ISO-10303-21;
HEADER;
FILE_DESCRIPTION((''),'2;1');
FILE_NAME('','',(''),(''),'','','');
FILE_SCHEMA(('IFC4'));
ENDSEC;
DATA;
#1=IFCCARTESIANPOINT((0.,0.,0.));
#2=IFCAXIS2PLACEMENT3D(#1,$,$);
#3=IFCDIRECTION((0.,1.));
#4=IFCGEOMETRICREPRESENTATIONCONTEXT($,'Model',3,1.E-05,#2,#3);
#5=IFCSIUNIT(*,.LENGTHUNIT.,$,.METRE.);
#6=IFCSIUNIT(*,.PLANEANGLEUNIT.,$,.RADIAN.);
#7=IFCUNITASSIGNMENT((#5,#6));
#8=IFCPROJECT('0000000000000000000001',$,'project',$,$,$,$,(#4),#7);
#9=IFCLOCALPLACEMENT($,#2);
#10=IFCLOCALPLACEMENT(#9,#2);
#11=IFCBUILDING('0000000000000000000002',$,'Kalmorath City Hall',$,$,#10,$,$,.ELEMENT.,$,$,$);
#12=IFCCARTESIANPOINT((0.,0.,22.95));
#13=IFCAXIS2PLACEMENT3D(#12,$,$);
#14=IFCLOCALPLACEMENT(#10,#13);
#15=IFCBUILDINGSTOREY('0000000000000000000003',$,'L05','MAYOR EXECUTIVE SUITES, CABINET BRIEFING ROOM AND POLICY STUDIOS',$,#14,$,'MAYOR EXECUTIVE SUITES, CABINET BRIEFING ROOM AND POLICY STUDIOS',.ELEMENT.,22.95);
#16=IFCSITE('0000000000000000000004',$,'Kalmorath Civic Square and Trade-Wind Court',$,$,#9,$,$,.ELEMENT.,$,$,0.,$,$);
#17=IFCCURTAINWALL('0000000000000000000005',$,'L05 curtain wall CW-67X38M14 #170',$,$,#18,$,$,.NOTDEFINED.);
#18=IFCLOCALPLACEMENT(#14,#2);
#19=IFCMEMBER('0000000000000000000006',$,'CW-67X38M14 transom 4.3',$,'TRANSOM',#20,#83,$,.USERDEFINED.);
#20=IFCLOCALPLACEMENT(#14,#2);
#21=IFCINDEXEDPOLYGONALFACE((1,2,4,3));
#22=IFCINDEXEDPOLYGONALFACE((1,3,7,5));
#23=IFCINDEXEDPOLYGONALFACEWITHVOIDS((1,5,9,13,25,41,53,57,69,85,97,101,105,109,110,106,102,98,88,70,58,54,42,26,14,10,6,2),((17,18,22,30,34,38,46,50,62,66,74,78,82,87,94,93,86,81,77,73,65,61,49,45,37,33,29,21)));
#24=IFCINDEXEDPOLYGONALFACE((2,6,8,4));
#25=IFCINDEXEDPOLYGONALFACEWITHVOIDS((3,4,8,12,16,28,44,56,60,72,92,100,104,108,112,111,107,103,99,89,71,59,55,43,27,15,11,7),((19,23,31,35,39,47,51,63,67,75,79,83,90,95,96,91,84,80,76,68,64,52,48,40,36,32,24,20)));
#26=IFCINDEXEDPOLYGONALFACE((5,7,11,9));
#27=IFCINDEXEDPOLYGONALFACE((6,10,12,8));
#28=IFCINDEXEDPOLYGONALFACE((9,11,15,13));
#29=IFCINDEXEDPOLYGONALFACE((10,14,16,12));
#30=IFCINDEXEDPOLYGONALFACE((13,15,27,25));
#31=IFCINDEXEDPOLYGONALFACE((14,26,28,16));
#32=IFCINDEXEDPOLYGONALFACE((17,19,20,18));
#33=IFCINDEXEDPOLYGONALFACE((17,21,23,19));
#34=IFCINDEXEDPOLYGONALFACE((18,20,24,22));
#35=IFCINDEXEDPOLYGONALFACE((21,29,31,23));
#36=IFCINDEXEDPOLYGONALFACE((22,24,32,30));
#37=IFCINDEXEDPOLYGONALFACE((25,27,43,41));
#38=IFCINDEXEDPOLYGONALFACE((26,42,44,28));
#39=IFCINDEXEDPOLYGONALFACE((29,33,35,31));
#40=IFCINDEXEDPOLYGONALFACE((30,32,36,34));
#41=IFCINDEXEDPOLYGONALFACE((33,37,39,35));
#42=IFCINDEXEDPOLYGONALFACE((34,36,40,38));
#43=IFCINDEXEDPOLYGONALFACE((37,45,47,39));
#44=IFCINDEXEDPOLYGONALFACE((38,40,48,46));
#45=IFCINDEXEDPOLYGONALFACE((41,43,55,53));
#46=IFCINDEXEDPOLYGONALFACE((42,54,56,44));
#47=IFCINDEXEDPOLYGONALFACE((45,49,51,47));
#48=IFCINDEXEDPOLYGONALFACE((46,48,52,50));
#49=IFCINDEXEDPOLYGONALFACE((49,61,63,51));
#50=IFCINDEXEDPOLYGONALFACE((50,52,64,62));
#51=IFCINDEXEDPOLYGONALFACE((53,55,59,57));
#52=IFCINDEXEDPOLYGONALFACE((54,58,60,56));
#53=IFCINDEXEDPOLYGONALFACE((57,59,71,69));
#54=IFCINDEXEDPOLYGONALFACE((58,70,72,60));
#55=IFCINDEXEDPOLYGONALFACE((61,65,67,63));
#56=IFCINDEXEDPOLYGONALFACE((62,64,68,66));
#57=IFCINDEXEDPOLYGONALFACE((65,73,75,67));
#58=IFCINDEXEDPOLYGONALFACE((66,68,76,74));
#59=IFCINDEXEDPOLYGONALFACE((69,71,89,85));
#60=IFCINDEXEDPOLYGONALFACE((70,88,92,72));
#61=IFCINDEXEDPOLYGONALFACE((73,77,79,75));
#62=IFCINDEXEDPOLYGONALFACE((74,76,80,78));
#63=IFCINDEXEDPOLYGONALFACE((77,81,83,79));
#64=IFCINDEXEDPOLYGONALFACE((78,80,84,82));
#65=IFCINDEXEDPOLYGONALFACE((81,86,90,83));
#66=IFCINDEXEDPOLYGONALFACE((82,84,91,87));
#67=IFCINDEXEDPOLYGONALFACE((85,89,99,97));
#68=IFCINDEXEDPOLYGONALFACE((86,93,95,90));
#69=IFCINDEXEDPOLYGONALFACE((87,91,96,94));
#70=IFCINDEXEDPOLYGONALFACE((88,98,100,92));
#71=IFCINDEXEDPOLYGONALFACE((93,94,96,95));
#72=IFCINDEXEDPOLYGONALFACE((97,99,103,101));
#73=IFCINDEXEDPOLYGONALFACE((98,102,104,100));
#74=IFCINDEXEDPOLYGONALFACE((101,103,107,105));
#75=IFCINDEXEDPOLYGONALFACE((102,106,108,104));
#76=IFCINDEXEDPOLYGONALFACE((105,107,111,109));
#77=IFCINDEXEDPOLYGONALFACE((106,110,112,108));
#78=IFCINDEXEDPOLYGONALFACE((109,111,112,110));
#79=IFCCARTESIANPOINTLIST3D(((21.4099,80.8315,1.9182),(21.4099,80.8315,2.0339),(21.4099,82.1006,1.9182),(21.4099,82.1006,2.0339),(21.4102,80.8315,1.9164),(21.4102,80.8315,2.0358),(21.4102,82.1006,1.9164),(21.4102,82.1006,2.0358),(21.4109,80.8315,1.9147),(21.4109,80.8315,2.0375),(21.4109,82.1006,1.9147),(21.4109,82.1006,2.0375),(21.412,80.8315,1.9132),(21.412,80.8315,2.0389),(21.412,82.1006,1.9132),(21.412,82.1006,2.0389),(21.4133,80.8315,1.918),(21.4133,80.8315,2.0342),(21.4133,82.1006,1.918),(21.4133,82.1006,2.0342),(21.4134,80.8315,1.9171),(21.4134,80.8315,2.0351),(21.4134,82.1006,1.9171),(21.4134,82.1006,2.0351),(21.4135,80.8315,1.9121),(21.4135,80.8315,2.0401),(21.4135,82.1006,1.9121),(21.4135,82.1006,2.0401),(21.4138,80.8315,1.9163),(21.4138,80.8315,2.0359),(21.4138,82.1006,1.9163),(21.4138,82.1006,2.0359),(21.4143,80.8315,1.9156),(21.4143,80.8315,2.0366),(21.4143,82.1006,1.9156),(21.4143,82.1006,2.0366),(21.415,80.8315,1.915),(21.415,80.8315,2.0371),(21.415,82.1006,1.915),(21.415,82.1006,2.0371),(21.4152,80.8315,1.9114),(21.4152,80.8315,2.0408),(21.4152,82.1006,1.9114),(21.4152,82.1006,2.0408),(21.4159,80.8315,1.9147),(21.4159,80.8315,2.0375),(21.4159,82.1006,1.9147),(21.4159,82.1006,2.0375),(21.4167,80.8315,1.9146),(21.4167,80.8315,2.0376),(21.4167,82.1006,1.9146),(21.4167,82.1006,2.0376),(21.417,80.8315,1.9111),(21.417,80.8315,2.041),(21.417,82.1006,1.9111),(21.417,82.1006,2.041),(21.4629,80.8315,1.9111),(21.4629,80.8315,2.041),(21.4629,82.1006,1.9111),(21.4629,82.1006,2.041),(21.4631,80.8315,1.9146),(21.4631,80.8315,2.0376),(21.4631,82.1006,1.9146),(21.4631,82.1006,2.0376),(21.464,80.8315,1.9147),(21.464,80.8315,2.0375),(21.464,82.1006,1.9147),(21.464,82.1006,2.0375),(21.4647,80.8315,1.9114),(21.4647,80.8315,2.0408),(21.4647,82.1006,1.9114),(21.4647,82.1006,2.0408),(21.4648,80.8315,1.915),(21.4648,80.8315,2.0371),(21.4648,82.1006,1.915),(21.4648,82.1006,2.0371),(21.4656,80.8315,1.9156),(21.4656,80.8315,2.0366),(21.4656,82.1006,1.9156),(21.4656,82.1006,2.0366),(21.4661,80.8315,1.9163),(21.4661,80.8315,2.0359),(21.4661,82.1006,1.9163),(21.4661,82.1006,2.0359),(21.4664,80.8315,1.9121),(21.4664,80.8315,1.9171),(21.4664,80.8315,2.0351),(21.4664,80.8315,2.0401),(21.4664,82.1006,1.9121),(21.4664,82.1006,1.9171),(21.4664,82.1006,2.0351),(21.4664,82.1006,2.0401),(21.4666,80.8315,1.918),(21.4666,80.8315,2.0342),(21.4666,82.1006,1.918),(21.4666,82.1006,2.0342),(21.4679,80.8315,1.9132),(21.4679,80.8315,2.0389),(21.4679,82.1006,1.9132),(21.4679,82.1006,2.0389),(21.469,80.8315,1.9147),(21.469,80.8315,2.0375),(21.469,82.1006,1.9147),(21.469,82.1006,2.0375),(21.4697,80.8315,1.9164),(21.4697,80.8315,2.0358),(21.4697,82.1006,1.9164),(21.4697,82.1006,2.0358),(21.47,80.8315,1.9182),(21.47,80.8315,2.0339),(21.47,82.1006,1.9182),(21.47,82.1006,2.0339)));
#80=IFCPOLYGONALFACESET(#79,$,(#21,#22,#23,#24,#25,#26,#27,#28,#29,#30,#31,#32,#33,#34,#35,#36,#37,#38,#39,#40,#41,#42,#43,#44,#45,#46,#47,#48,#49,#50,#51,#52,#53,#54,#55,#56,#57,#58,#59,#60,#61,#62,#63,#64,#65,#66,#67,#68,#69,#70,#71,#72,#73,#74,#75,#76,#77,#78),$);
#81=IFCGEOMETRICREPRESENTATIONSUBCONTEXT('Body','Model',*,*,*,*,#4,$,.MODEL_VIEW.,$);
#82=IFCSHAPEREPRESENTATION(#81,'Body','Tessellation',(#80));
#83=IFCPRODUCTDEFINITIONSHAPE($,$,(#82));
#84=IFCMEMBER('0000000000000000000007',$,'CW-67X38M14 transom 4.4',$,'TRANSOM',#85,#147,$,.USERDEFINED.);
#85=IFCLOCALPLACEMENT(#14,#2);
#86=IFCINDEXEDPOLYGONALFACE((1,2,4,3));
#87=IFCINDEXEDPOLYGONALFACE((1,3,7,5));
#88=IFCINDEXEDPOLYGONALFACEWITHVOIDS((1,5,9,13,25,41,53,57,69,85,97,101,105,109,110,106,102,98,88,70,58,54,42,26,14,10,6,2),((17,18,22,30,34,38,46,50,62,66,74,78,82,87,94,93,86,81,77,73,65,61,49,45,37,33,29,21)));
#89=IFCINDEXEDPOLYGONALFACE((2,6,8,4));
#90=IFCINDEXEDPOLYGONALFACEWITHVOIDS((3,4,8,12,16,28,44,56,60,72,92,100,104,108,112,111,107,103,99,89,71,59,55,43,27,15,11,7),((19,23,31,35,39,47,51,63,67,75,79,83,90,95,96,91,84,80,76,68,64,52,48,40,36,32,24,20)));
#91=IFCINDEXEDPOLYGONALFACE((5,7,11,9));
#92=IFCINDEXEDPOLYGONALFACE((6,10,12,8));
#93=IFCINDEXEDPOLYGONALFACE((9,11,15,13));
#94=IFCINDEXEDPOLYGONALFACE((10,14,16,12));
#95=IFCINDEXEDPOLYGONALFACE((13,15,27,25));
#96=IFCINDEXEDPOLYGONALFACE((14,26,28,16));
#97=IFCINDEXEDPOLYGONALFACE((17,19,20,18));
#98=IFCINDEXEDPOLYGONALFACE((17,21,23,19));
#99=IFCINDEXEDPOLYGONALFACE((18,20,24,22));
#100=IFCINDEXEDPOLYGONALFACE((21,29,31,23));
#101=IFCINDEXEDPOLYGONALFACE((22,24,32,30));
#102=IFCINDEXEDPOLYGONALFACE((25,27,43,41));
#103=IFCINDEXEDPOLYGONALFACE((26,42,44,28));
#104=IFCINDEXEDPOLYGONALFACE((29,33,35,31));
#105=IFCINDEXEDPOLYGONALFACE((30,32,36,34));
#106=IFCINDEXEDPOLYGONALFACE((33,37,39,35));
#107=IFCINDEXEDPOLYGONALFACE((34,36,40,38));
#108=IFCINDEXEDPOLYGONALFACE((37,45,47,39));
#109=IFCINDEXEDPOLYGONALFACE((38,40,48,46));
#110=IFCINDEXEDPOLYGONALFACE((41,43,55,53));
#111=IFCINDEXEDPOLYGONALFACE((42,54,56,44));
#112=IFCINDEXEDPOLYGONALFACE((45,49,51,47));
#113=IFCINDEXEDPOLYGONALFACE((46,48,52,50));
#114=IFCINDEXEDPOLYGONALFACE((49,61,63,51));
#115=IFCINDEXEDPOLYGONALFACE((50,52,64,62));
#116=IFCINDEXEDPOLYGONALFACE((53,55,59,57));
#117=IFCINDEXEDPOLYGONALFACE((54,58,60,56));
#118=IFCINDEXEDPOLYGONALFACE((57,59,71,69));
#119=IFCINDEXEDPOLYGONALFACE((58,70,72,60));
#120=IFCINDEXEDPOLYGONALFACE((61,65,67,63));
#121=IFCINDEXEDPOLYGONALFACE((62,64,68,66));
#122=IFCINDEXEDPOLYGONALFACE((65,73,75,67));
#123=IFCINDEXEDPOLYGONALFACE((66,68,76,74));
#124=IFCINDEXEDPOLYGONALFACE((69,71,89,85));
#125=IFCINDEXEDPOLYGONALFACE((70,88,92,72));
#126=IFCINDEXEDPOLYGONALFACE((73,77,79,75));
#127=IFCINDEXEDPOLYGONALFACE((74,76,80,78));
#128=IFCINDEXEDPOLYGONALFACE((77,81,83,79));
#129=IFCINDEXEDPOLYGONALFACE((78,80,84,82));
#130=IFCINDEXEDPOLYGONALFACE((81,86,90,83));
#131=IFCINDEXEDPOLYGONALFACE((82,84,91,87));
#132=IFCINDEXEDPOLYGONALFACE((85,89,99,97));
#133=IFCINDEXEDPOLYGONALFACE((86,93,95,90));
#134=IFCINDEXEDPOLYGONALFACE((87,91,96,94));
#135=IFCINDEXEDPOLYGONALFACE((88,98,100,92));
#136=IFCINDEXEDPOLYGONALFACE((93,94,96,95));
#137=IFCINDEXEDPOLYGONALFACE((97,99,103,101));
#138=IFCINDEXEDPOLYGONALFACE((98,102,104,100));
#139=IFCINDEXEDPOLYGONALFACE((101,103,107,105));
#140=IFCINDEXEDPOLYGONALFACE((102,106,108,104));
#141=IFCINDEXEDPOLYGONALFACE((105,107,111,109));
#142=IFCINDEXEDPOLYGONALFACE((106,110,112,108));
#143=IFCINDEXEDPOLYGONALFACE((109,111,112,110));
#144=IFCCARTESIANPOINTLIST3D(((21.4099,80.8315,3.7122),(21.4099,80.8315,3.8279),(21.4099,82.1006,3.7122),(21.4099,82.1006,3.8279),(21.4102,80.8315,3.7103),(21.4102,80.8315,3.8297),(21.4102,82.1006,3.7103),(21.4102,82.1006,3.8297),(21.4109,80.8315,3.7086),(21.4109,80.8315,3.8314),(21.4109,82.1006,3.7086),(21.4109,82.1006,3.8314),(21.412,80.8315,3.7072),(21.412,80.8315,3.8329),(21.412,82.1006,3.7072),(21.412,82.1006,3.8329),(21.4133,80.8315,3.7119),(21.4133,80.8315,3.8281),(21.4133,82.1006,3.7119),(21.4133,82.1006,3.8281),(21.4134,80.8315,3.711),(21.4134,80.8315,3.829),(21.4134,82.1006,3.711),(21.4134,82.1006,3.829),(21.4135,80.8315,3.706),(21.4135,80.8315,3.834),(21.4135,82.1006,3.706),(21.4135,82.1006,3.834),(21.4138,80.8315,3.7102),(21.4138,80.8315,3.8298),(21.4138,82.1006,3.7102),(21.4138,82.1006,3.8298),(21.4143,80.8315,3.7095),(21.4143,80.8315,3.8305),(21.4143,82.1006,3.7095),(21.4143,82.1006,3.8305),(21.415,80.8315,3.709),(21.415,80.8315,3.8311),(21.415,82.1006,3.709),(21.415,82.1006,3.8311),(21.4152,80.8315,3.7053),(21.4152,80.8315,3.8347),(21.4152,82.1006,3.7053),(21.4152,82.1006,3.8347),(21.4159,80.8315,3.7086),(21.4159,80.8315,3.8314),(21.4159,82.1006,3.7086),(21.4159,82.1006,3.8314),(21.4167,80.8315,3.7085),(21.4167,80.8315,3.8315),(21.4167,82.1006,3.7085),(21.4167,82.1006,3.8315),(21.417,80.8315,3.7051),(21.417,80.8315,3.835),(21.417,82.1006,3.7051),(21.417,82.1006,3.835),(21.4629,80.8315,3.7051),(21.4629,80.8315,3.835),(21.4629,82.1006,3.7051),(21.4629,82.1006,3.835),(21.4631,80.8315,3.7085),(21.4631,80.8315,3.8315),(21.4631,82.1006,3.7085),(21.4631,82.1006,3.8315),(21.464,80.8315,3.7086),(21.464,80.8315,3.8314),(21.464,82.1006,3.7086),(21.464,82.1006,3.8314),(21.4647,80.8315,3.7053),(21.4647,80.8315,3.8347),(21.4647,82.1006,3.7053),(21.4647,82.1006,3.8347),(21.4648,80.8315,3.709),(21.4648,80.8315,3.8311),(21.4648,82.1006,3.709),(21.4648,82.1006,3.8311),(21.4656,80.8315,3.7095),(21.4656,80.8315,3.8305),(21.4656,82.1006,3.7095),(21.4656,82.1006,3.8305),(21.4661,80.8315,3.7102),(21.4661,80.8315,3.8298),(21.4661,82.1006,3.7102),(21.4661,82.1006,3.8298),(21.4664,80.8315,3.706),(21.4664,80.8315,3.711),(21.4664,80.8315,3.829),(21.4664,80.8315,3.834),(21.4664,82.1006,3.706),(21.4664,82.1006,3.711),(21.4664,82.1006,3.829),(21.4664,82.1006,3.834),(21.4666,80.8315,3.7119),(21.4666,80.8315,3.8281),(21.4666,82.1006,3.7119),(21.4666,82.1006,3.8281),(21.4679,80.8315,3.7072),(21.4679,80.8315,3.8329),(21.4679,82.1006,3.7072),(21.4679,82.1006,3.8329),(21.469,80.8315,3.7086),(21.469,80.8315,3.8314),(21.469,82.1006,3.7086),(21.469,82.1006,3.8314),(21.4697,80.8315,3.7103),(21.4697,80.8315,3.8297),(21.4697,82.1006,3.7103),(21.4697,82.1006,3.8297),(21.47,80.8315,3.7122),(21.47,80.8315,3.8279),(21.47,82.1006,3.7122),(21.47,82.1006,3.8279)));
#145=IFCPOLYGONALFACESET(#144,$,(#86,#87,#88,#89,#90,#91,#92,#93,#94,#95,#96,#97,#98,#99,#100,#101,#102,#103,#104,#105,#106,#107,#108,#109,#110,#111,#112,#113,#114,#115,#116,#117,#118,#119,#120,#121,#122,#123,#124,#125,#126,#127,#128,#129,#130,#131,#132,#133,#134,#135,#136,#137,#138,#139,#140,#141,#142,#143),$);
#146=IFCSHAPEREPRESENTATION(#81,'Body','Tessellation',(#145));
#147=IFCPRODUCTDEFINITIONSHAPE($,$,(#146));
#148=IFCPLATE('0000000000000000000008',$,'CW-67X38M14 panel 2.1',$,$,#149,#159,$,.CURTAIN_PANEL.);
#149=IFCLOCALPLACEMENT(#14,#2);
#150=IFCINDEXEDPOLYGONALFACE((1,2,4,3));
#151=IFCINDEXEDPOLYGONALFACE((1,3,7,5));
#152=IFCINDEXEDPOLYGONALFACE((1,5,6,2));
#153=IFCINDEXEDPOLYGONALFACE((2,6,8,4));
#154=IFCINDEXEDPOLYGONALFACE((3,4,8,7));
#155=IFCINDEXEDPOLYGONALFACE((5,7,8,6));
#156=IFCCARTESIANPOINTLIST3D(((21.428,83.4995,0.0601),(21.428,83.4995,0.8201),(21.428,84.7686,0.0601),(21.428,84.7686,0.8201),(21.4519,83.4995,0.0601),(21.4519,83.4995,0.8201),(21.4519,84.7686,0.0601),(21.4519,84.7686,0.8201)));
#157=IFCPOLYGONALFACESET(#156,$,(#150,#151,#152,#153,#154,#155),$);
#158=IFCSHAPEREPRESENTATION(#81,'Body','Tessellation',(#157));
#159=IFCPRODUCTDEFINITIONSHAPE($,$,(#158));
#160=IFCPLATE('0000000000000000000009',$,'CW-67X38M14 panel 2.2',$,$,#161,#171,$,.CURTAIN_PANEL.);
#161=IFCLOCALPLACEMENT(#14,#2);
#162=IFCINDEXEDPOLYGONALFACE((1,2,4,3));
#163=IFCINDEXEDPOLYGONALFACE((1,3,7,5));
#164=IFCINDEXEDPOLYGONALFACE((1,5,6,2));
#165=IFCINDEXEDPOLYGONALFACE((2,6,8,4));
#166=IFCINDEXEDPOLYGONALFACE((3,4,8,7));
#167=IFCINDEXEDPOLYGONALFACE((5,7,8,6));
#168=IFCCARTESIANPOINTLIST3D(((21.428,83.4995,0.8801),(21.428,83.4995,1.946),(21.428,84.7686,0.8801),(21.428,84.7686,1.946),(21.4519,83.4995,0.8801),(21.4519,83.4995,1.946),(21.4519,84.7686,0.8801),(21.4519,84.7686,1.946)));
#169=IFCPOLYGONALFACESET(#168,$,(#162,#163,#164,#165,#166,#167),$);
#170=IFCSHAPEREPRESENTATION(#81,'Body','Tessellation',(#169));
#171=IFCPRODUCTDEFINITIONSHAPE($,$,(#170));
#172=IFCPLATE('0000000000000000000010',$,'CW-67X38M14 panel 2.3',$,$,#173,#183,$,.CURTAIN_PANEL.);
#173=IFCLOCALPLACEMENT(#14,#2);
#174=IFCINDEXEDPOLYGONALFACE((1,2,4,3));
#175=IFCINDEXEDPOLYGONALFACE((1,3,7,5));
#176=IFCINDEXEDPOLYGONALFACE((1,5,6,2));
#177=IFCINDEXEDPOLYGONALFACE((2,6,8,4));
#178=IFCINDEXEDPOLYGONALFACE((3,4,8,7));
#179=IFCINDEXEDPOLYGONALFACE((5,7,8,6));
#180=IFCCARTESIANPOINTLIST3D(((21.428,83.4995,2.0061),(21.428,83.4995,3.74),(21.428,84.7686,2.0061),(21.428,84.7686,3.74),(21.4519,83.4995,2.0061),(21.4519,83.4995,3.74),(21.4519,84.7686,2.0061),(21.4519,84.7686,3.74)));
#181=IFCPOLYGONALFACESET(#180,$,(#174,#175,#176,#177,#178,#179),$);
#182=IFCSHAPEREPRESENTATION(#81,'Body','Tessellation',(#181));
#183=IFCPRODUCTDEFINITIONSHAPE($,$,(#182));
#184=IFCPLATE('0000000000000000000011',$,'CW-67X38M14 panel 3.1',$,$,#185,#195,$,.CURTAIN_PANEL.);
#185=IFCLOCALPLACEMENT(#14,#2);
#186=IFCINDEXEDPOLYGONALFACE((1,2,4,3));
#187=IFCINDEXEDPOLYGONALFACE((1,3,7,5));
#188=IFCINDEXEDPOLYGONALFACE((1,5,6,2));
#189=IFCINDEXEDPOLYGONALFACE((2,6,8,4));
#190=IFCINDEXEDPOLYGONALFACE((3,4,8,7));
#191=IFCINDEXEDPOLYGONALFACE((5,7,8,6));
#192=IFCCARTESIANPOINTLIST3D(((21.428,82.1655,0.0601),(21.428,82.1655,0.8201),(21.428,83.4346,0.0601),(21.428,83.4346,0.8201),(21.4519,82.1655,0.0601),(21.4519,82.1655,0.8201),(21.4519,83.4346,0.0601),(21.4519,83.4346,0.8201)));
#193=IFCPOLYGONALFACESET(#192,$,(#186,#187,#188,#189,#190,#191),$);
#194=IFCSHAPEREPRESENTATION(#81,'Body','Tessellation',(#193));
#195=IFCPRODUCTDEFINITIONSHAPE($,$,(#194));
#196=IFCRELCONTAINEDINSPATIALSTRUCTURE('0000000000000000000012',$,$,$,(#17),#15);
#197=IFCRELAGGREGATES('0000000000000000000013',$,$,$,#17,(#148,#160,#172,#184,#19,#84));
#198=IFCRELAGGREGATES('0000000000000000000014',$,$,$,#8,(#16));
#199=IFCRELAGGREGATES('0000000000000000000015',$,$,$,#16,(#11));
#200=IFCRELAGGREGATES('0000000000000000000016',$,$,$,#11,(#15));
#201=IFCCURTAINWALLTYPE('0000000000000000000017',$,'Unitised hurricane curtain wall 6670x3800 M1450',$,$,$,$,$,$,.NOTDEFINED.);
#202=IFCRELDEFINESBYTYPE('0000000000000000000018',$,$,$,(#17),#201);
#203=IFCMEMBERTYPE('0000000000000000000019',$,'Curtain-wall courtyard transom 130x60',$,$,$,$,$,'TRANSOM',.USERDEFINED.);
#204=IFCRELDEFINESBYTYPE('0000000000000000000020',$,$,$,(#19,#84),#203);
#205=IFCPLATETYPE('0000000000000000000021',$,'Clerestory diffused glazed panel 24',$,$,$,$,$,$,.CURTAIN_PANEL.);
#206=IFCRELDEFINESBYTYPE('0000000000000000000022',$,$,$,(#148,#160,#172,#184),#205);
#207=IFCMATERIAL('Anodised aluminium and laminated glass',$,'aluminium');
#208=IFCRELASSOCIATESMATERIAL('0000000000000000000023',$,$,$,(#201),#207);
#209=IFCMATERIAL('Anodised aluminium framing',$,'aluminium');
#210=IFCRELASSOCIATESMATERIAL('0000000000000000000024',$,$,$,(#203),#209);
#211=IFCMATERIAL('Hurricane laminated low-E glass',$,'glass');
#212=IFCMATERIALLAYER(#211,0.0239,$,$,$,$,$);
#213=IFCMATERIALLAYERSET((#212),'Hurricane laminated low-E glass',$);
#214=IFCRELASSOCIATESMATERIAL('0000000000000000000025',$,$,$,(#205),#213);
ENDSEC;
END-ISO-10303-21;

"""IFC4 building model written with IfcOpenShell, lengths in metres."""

from ifc_helpers import new_model, si_unit, direction, frame, origin, origin_2d, place, context, subcontext, project, spatial, rectangle, hollow_rectangle, extrude, material, layer, layer_set, material_profile, profile_set, type_object, element, aggregate, save


model = new_model("IFC4")

# Units and contexts
model_context = context("Model", 3, precision=1e-05, world=origin(), true_north=direction((0.0, 1.0)))
body_context = subcontext(model_context, "Body", "Model", "MODEL_VIEW")
ifc_project = project(units=[si_unit("LENGTHUNIT", "METRE"), si_unit("PLANEANGLEUNIT", "RADIAN")], contexts=[model_context])

# Site, building, storey
site_placement = place(None, origin())
site = spatial("IfcSite", under=ifc_project, at=site_placement, Name="Kalmorath Civic Square and Trade-Wind Court", CompositionType="ELEMENT", RefElevation=0.0)
building_placement = place(site_placement, origin())
building = spatial("IfcBuilding", under=site, at=building_placement, Name="Kalmorath City Hall", CompositionType="ELEMENT")
storey_placement = place(building_placement, frame((0.0, 0.0, 22.95)))
storey = spatial("IfcBuildingStorey", under=building, at=storey_placement, Name="L05", Description="MAYOR EXECUTIVE SUITES, CABINET BRIEFING ROOM AND POLICY STUDIOS", LongName="MAYOR EXECUTIVE SUITES, CABINET BRIEFING ROOM AND POLICY STUDIOS", CompositionType="ELEMENT", Elevation=22.95)

# Curtain wall, members, plates
ifc_material_1 = material(Name="Anodised aluminium and laminated glass", Category="aluminium")
curtain_wall_type = type_object("IfcCurtainWallType", Name="Unitised hurricane curtain wall 6670x3800 M1450", PredefinedType="NOTDEFINED", material=ifc_material_1)
curtain_wall_placement = place(storey_placement, origin())
curtain_wall = element("IfcCurtainWall", 1, at=curtain_wall_placement, inside=storey, type_object=curtain_wall_type, Name="L05 curtain wall CW-67X38M14 #170", PredefinedType="NOTDEFINED")
ifc_material_2 = material(Name="Anodised aluminium framing", Category="aluminium")
ifc_material_profile_1 = material_profile(ifc_material_2, hollow_rectangle(XDim=0.0601, YDim=0.1299, WallThickness=0.0034, InnerFilletRadius=0.0034, OuterFilletRadius=0.0071, at=origin_2d()), Name="ALU-TRN-130X60X3.5")
ifc_profile_set_1 = profile_set([ifc_material_profile_1], Name="Anodised aluminium framing")
member_type_1 = type_object("IfcMemberType", Name="Curtain-wall courtyard transom 130x60", ElementType="TRANSOM", PredefinedType="USERDEFINED", material=ifc_profile_set_1)
member_1_placement = place(storey_placement, frame((21.4399, 82.1006, 1.9761), z_axis=(0.0, -1.0, 0.0), x_axis=(1.0, 0.0, 0.0)))
member_1 = element("IfcMember", 2, at=member_1_placement, type_object=member_type_1, Name="CW-67X38M14 transom 4.3", ObjectType="TRANSOM", PredefinedType="USERDEFINED", context=body_context, shape_type="SweptSolid", body=[
    extrude(hollow_rectangle(XDim=0.0601, YDim=0.1299, WallThickness=0.0034, InnerFilletRadius=0.0034, OuterFilletRadius=0.0071, at=origin_2d()), origin(), (0.0, 0.0, 1.0), 1.269),
])
member_2_placement = place(storey_placement, frame((21.4399, 82.1006, 3.77), z_axis=(0.0, -1.0, 0.0), x_axis=(1.0, 0.0, 0.0)))
member_2 = element("IfcMember", 3, at=member_2_placement, type_object=member_type_1, Name="CW-67X38M14 transom 4.4", ObjectType="TRANSOM", PredefinedType="USERDEFINED", context=body_context, shape_type="SweptSolid", body=[
    extrude(hollow_rectangle(XDim=0.0601, YDim=0.1299, WallThickness=0.0034, InnerFilletRadius=0.0034, OuterFilletRadius=0.0071, at=origin_2d()), origin(), (0.0, 0.0, 1.0), 1.269),
])
ifc_material_3 = material(Name="Hurricane laminated low-E glass", Category="glass")
ifc_layer = layer(ifc_material_3, 0.0239)
ifc_layer_set = layer_set([ifc_layer], Name="Hurricane laminated low-E glass")
plate_type = type_object("IfcPlateType", Name="Clerestory diffused glazed panel 24", PredefinedType="CURTAIN_PANEL", material=ifc_layer_set)
plate_1_placement = place(storey_placement, frame((21.4399, 84.134, 0.0601), z_axis=(0.0, 0.0, 1.0), x_axis=(0.0, -1.0, 0.0)))
plate_1 = element("IfcPlate", 4, at=plate_1_placement, type_object=plate_type, Name="CW-67X38M14 panel 2.1", PredefinedType="CURTAIN_PANEL", context=body_context, shape_type="SweptSolid", body=[
    extrude(rectangle(XDim=1.269, YDim=0.0239, at=origin_2d()), origin(), (0.0, 0.0, 1.0), 0.76),
])
plate_2_placement = place(storey_placement, frame((21.4399, 84.134, 0.8801), z_axis=(0.0, 0.0, 1.0), x_axis=(0.0, -1.0, 0.0)))
plate_2 = element("IfcPlate", 5, at=plate_2_placement, type_object=plate_type, Name="CW-67X38M14 panel 2.2", PredefinedType="CURTAIN_PANEL", context=body_context, shape_type="SweptSolid", body=[
    extrude(rectangle(XDim=1.269, YDim=0.0239, at=origin_2d()), origin(), (0.0, 0.0, 1.0), 1.0659),
])
plate_3_placement = place(storey_placement, frame((21.4399, 84.134, 2.0061), z_axis=(0.0, 0.0, 1.0), x_axis=(0.0, -1.0, 0.0)))
plate_3 = element("IfcPlate", 6, at=plate_3_placement, type_object=plate_type, Name="CW-67X38M14 panel 2.3", PredefinedType="CURTAIN_PANEL", context=body_context, shape_type="SweptSolid", body=[
    extrude(rectangle(XDim=1.269, YDim=0.0239, at=origin_2d()), origin(), (0.0, 0.0, 1.0), 1.7339),
])
plate_4_placement = place(storey_placement, frame((21.4399, 82.8, 0.0601), z_axis=(0.0, 0.0, 1.0), x_axis=(0.0, -1.0, 0.0)))
plate_4 = element("IfcPlate", 7, at=plate_4_placement, type_object=plate_type, Name="CW-67X38M14 panel 3.1", PredefinedType="CURTAIN_PANEL", context=body_context, shape_type="SweptSolid", body=[
    extrude(rectangle(XDim=1.269, YDim=0.0239, at=origin_2d()), origin(), (0.0, 0.0, 1.0), 0.76),
])
aggregate(curtain_wall, [plate_1, plate_2, plate_3, plate_4, member_1, member_2])

save(model, "model.ifc")
